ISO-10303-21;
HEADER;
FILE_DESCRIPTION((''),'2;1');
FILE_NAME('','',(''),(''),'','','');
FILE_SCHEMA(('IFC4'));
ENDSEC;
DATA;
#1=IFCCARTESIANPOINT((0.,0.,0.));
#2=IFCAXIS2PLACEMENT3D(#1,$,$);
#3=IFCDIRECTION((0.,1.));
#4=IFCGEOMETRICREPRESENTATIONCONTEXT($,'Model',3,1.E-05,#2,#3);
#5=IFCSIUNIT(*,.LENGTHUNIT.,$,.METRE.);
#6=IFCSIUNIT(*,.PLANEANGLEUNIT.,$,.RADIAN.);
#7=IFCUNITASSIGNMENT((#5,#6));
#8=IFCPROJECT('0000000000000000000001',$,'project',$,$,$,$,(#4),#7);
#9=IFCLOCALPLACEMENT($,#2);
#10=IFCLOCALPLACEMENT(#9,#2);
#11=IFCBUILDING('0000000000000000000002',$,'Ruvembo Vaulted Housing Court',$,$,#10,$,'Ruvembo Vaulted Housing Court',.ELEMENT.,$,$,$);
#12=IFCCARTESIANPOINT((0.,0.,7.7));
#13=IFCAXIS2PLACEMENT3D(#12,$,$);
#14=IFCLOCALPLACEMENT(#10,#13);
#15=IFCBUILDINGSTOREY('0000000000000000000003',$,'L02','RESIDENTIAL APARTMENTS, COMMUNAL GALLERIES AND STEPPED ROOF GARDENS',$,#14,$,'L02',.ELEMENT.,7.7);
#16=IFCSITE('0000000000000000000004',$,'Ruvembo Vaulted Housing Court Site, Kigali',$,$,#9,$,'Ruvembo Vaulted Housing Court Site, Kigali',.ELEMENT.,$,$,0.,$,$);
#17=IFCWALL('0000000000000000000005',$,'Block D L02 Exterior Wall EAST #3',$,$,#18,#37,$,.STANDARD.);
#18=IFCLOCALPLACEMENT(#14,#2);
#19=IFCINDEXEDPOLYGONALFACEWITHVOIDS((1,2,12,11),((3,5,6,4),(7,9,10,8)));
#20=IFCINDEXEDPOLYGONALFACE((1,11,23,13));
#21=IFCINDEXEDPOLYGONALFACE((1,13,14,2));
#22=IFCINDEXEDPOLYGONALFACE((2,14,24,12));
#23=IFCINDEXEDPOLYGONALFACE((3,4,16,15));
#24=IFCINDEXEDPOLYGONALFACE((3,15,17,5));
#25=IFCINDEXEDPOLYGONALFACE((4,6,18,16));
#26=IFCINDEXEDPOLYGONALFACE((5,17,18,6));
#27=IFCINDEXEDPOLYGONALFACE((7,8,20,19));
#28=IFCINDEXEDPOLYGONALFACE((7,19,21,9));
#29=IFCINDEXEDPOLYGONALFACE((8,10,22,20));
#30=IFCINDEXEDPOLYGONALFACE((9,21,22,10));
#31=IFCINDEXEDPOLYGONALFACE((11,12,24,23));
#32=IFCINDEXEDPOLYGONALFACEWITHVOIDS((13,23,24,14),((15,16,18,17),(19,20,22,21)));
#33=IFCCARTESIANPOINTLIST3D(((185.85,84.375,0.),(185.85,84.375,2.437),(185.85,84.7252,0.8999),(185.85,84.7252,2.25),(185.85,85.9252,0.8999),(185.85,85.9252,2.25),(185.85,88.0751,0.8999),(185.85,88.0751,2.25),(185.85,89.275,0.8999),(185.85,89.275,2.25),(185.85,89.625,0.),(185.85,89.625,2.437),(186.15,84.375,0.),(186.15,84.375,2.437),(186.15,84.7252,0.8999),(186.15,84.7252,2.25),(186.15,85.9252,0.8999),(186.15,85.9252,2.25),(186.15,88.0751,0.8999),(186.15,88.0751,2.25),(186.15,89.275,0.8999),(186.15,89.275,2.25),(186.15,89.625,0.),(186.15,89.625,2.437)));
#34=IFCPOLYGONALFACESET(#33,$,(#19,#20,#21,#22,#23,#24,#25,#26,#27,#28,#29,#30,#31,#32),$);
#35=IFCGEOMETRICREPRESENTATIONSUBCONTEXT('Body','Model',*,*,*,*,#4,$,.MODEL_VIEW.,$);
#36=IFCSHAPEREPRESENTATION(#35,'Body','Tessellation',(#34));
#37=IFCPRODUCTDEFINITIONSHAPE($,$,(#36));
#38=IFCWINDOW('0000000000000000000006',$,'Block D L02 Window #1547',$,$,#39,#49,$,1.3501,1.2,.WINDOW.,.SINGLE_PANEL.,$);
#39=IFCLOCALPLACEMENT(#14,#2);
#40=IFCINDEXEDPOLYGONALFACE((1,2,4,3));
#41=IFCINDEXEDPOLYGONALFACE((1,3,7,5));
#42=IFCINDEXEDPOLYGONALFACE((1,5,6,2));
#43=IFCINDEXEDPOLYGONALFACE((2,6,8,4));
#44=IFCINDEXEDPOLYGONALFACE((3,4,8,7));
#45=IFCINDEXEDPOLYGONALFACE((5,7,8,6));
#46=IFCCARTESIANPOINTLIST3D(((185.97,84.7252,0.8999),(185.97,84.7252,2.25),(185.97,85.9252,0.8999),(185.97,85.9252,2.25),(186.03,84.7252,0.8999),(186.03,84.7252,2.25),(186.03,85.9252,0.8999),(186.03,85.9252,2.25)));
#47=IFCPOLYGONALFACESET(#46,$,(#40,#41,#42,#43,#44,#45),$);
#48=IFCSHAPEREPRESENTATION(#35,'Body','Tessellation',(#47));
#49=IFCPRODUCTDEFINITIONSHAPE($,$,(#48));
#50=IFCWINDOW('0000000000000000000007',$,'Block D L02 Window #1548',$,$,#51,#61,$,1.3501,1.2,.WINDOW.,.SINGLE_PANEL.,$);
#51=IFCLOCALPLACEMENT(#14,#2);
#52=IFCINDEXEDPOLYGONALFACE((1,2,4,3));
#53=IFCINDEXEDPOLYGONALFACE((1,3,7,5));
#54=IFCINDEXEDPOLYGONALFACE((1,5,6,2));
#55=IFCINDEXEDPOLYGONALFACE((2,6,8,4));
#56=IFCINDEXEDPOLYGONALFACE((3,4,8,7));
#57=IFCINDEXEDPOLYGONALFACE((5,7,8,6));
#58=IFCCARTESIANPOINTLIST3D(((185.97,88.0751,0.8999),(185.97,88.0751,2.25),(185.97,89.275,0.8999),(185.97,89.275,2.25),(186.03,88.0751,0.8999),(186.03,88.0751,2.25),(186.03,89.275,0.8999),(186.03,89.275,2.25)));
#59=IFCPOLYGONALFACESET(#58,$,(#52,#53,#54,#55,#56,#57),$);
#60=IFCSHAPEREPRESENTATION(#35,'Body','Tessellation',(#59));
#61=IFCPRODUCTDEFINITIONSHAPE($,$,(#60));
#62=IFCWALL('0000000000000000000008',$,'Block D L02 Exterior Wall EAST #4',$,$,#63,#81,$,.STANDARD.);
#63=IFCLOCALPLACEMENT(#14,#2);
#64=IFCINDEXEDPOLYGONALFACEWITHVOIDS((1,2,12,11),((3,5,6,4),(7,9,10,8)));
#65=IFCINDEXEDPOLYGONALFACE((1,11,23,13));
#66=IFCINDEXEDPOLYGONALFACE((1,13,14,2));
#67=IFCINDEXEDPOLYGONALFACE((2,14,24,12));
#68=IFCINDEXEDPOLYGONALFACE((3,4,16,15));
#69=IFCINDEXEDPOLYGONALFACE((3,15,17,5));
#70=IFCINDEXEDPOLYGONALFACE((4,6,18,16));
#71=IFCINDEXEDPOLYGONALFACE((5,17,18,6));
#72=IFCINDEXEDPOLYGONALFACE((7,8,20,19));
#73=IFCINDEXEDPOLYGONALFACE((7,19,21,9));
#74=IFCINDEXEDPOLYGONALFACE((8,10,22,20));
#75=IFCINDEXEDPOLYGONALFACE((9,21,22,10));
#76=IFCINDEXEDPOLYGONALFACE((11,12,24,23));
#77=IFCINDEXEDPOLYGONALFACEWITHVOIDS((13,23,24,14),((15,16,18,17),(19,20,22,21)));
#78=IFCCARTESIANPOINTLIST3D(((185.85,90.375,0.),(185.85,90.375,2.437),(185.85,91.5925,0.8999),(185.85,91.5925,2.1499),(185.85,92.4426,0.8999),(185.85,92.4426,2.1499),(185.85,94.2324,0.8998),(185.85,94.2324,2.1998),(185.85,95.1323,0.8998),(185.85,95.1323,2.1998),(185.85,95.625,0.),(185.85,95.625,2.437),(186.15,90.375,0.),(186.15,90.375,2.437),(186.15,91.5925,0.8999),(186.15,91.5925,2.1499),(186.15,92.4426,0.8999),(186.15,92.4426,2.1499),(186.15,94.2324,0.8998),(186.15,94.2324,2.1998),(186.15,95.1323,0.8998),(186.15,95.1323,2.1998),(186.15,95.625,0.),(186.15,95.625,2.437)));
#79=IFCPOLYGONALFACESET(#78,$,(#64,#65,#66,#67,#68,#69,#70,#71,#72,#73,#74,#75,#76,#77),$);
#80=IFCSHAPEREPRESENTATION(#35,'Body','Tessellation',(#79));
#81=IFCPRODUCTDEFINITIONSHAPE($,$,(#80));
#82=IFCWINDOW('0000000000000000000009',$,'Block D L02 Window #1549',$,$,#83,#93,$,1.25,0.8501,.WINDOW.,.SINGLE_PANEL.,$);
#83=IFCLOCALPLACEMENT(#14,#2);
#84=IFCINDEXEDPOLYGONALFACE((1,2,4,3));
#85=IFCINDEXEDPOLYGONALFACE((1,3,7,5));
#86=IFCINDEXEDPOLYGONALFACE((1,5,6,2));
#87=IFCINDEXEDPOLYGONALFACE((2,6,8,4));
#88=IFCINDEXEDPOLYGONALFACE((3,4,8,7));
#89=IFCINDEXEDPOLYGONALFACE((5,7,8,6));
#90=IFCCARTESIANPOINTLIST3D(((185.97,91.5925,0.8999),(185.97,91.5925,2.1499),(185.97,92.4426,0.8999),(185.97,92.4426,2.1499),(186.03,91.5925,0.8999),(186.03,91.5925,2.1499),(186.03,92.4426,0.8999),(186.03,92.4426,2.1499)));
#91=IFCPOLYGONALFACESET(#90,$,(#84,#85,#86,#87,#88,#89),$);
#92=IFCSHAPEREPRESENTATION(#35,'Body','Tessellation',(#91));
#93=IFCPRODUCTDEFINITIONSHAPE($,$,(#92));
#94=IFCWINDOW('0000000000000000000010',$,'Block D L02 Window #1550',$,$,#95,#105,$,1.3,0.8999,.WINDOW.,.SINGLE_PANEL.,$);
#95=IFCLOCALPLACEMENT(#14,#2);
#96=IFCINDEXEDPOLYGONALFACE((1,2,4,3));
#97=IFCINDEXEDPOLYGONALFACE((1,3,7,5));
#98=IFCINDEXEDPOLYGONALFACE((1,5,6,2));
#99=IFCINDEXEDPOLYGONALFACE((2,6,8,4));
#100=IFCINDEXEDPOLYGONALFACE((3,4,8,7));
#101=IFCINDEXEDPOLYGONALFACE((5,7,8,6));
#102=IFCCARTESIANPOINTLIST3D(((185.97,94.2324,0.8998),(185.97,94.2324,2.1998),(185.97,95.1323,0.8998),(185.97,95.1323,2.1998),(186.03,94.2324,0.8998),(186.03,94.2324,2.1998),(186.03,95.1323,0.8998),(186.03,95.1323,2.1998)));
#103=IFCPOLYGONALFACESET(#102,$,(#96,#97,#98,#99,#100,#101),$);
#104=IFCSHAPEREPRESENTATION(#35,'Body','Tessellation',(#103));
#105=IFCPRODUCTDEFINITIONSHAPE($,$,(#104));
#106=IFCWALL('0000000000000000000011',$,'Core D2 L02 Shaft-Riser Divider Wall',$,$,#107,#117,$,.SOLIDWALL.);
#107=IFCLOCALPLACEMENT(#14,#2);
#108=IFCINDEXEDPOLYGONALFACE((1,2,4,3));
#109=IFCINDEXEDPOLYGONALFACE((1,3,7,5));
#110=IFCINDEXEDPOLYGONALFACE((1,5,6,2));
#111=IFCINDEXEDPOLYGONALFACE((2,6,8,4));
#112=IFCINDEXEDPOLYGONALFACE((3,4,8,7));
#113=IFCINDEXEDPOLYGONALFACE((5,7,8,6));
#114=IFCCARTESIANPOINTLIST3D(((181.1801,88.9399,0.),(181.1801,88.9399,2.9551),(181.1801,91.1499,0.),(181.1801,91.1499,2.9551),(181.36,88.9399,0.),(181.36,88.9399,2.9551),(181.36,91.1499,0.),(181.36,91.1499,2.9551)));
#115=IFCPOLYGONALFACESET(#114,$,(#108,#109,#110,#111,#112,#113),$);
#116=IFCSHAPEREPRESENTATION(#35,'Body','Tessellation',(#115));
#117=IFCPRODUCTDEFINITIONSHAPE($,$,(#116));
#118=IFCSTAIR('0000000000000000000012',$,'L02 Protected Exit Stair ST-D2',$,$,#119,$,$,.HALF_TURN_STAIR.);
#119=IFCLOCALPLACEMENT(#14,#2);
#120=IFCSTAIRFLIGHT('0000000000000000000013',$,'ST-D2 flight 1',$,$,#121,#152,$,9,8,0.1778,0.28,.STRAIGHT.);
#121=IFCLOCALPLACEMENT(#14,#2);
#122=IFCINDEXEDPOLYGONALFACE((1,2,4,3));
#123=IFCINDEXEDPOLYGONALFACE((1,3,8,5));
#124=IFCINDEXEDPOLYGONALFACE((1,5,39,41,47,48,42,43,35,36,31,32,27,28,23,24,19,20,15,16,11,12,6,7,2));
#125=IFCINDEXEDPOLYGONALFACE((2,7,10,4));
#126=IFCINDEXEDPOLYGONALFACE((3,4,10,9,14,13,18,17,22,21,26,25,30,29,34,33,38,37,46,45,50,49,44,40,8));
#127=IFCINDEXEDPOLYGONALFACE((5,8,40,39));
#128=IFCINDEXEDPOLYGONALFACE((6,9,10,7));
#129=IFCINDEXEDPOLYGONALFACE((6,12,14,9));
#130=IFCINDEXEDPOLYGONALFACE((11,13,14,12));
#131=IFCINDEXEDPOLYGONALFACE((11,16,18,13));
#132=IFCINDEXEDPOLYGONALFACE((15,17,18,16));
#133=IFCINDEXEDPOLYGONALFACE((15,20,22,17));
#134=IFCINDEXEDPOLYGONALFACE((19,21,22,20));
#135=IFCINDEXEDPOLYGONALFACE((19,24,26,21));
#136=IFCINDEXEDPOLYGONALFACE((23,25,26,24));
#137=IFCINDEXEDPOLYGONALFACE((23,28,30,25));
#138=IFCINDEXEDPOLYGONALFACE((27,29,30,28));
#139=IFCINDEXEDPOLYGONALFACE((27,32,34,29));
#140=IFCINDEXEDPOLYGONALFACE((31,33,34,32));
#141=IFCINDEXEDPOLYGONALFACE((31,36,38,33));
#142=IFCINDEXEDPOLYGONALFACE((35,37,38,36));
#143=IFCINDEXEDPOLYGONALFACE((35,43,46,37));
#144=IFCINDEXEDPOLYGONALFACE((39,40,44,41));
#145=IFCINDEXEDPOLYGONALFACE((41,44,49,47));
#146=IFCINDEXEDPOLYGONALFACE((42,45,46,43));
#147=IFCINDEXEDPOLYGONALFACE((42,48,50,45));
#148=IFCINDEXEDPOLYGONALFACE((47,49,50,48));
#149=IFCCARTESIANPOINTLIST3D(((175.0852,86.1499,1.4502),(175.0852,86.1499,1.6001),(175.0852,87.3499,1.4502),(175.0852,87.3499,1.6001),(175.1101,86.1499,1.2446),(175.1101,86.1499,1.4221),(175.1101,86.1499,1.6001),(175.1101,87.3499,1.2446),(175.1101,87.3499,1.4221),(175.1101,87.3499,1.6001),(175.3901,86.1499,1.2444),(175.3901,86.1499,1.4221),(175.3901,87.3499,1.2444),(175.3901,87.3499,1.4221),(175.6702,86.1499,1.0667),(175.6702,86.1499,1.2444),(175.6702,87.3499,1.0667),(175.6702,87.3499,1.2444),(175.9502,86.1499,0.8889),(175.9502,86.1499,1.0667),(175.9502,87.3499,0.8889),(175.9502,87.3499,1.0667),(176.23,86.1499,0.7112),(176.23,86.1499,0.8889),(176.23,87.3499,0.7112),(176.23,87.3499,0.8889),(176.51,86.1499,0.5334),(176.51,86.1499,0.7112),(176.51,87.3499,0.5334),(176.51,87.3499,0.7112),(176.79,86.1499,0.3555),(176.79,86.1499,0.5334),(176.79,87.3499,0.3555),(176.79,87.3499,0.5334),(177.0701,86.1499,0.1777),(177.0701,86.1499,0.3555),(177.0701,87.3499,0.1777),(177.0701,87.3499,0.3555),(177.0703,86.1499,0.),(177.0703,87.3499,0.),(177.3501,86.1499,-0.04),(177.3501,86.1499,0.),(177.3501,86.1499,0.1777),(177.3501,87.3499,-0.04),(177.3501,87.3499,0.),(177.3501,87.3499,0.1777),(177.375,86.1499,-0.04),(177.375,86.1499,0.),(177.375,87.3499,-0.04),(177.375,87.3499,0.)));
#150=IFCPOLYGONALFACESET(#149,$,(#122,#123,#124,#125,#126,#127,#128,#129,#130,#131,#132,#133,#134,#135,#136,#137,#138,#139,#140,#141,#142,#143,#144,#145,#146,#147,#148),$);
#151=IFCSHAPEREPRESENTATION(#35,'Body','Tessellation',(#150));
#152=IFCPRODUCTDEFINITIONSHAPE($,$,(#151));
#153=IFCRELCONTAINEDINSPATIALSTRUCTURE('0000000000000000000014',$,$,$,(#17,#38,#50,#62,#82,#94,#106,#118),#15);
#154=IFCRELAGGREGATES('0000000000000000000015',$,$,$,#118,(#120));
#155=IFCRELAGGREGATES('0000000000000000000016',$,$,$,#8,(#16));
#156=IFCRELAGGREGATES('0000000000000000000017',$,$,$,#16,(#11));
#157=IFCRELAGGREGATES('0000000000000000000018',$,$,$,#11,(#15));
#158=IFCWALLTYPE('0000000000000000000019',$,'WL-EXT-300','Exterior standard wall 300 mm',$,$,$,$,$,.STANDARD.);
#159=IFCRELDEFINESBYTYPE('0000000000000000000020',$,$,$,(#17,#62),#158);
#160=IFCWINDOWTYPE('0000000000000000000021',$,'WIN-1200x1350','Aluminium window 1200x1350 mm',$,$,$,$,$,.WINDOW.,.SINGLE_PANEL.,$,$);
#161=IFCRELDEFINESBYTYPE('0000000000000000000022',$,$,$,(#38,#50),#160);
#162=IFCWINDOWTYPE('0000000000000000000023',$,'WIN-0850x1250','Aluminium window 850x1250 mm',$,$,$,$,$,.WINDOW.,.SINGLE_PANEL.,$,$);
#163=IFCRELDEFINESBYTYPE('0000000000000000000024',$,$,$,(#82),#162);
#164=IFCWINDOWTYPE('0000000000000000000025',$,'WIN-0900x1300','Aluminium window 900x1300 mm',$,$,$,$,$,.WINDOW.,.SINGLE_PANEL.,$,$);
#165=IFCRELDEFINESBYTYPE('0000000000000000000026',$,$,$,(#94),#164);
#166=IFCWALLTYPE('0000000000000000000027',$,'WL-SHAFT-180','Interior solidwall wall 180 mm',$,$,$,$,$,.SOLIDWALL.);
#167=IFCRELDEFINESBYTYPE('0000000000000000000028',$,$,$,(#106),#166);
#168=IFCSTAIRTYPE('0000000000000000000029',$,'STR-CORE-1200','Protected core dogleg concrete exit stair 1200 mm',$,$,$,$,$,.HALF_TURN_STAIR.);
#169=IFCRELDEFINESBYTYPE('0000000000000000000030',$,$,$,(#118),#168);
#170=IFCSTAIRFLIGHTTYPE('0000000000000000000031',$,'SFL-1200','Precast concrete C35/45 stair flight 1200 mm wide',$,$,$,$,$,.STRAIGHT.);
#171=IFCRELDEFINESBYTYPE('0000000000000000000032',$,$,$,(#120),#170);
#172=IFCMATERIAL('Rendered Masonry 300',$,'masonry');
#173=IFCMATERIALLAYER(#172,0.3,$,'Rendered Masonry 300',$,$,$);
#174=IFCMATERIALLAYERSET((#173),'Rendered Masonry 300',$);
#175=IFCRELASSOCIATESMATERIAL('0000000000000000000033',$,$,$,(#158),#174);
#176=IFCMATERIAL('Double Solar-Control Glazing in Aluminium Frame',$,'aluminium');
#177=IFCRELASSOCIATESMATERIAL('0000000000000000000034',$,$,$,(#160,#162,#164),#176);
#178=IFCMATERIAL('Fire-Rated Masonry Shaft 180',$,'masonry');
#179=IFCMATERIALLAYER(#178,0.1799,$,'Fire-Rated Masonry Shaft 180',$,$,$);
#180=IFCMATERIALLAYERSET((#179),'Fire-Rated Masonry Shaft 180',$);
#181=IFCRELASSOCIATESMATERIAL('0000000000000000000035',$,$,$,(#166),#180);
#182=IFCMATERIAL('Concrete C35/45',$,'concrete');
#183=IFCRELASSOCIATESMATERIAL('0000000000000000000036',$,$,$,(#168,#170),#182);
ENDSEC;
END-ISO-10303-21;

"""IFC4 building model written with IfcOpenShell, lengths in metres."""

from ifc_helpers import new_model, si_unit, direction, frame, frame_2d, origin, place, context, subcontext, project, spatial, polyline, rectangle, outline, extrude, material, layer, layer_set, type_object, element, fill, aggregate, save


model = new_model("IFC4")

# Units and contexts
model_context = context("Model", 3, precision=1e-05, world=origin(), true_north=direction((0.0, 1.0)))
body_context = subcontext(model_context, "Body", "Model", "MODEL_VIEW")
ifc_project = project(units=[si_unit("LENGTHUNIT", "METRE"), si_unit("PLANEANGLEUNIT", "RADIAN")], contexts=[model_context])

# Site, building, storey
site_placement = place(None, origin())
site = spatial("IfcSite", under=ifc_project, at=site_placement, Name="Ruvembo Vaulted Housing Court Site, Kigali", LongName="Ruvembo Vaulted Housing Court Site, Kigali", CompositionType="ELEMENT", RefElevation=0.0)
building_placement = place(site_placement, origin())
building = spatial("IfcBuilding", under=site, at=building_placement, Name="Ruvembo Vaulted Housing Court", LongName="Ruvembo Vaulted Housing Court", CompositionType="ELEMENT")
storey_placement = place(building_placement, frame((0.0, 0.0, 7.7)))
storey = spatial("IfcBuildingStorey", under=building, at=storey_placement, Name="L02", Description="RESIDENTIAL APARTMENTS, COMMUNAL GALLERIES AND STEPPED ROOF GARDENS", LongName="L02", CompositionType="ELEMENT", Elevation=7.7)

# Shared definitions
ifc_material_1 = material(Name="Concrete C35/45", Category="concrete")

# Walls, openings, windows
ifc_material_2 = material(Name="Rendered Masonry 300", Category="masonry")
ifc_layer_1 = layer(ifc_material_2, 0.3, Name="Rendered Masonry 300")
ifc_layer_set_1 = layer_set([ifc_layer_1], Name="Rendered Masonry 300")
wall_type_1 = type_object("IfcWallType", Name="WL-EXT-300", Description="Exterior standard wall 300 mm", PredefinedType="STANDARD", material=ifc_layer_set_1)
wall_1_placement = place(storey_placement, frame((186.0, 84.375, 0.0), z_axis=(0.0, 0.0, 1.0), x_axis=(0.0, 1.0, 0.0)))
wall_1 = element("IfcWall", 1, at=wall_1_placement, inside=storey, type_object=wall_type_1, Name="Block D L02 Exterior Wall EAST #3", PredefinedType="STANDARD", context=body_context, shape_type="SweptSolid", body=[
    extrude(rectangle(XDim=5.25, YDim=0.3, at=frame_2d((2.625, 0.0))), origin(), (0.0, 0.0, 1.0), 2.437),
])
opening_1_placement = place(wall_1_placement, frame((0.3501, 0.0, 0.8999)))
opening_1 = element("IfcOpeningElement", 2, at=opening_1_placement, cuts=wall_1, PredefinedType="OPENING", context=body_context, shape_type="SweptSolid", body=[
    extrude(rectangle(XDim=1.2, YDim=1.3501, at=frame_2d((0.6001, 0.675))), frame((0.0, 0.1599, 0.0), z_axis=(0.0, -1.0, 0.0), x_axis=(1.0, 0.0, 0.0)), (0.0, 0.0, 1.0), 0.3201),
])
opening_2_placement = place(wall_1_placement, frame((3.7, 0.0, 0.8999)))
opening_2 = element("IfcOpeningElement", 3, at=opening_2_placement, cuts=wall_1, PredefinedType="OPENING", context=body_context, shape_type="SweptSolid", body=[
    extrude(rectangle(XDim=1.2, YDim=1.3501, at=frame_2d((0.6001, 0.675))), frame((0.0, 0.1599, 0.0), z_axis=(0.0, -1.0, 0.0), x_axis=(1.0, 0.0, 0.0)), (0.0, 0.0, 1.0), 0.3201),
])
ifc_material_3 = material(Name="Double Solar-Control Glazing in Aluminium Frame", Category="aluminium")
window_type_1 = type_object("IfcWindowType", Name="WIN-1200x1350", Description="Aluminium window 1200x1350 mm", PartitioningType="SINGLE_PANEL", PredefinedType="WINDOW", material=ifc_material_3)
window_1_placement = place(opening_1_placement, origin())
window_1 = element("IfcWindow", 4, at=window_1_placement, inside=storey, type_object=window_type_1, Name="Block D L02 Window #1547", OverallHeight=1.3501, OverallWidth=1.2, PartitioningType="SINGLE_PANEL", PredefinedType="WINDOW", context=body_context, shape_type="SweptSolid", body=[
    extrude(rectangle(XDim=1.2, YDim=1.3501, at=frame_2d((0.6001, 0.675))), frame((0.0, 0.03, 0.0), z_axis=(0.0, -1.0, 0.0), x_axis=(1.0, 0.0, 0.0)), (0.0, 0.0, 1.0), 0.0601),
])
fill(opening_1, window_1)
window_2_placement = place(opening_2_placement, origin())
window_2 = element("IfcWindow", 5, at=window_2_placement, inside=storey, type_object=window_type_1, Name="Block D L02 Window #1548", OverallHeight=1.3501, OverallWidth=1.2, PartitioningType="SINGLE_PANEL", PredefinedType="WINDOW", context=body_context, shape_type="SweptSolid", body=[
    extrude(rectangle(XDim=1.2, YDim=1.3501, at=frame_2d((0.6001, 0.675))), frame((0.0, 0.03, 0.0), z_axis=(0.0, -1.0, 0.0), x_axis=(1.0, 0.0, 0.0)), (0.0, 0.0, 1.0), 0.0601),
])
fill(opening_2, window_2)
wall_2_placement = place(storey_placement, frame((186.0, 90.375, 0.0), z_axis=(0.0, 0.0, 1.0), x_axis=(0.0, 1.0, 0.0)))
wall_2 = element("IfcWall", 6, at=wall_2_placement, inside=storey, type_object=wall_type_1, Name="Block D L02 Exterior Wall EAST #4", PredefinedType="STANDARD", context=body_context, shape_type="SweptSolid", body=[
    extrude(rectangle(XDim=5.25, YDim=0.3, at=frame_2d((2.625, 0.0))), origin(), (0.0, 0.0, 1.0), 2.437),
])
opening_3_placement = place(wall_2_placement, frame((1.2175, 0.0, 0.8999)))
opening_3 = element("IfcOpeningElement", 7, at=opening_3_placement, cuts=wall_2, PredefinedType="OPENING", context=body_context, shape_type="SweptSolid", body=[
    extrude(rectangle(XDim=0.8501, YDim=1.25, at=frame_2d((0.425, 0.625))), frame((0.0, 0.1599, 0.0), z_axis=(0.0, -1.0, 0.0), x_axis=(1.0, 0.0, 0.0)), (0.0, 0.0, 1.0), 0.3201),
])
opening_4_placement = place(wall_2_placement, frame((3.8574, 0.0, 0.8999)))
opening_4 = element("IfcOpeningElement", 8, at=opening_4_placement, cuts=wall_2, PredefinedType="OPENING", context=body_context, shape_type="SweptSolid", body=[
    extrude(rectangle(XDim=0.8999, YDim=1.3, at=frame_2d((0.45, 0.6499))), frame((0.0, 0.1599, 0.0), z_axis=(0.0, -1.0, 0.0), x_axis=(1.0, 0.0, 0.0)), (0.0, 0.0, 1.0), 0.3201),
])
window_type_2 = type_object("IfcWindowType", Name="WIN-0850x1250", Description="Aluminium window 850x1250 mm", PartitioningType="SINGLE_PANEL", PredefinedType="WINDOW", material=ifc_material_3)
window_3_placement = place(opening_3_placement, origin())
window_3 = element("IfcWindow", 9, at=window_3_placement, inside=storey, type_object=window_type_2, Name="Block D L02 Window #1549", OverallHeight=1.25, OverallWidth=0.8501, PartitioningType="SINGLE_PANEL", PredefinedType="WINDOW", context=body_context, shape_type="SweptSolid", body=[
    extrude(rectangle(XDim=0.8501, YDim=1.25, at=frame_2d((0.425, 0.625))), frame((0.0, 0.03, 0.0), z_axis=(0.0, -1.0, 0.0), x_axis=(1.0, 0.0, 0.0)), (0.0, 0.0, 1.0), 0.0601),
])
fill(opening_3, window_3)
window_type_3 = type_object("IfcWindowType", Name="WIN-0900x1300", Description="Aluminium window 900x1300 mm", PartitioningType="SINGLE_PANEL", PredefinedType="WINDOW", material=ifc_material_3)
window_4_placement = place(opening_4_placement, origin())
window_4 = element("IfcWindow", 10, at=window_4_placement, inside=storey, type_object=window_type_3, Name="Block D L02 Window #1550", OverallHeight=1.3, OverallWidth=0.8999, PartitioningType="SINGLE_PANEL", PredefinedType="WINDOW", context=body_context, shape_type="SweptSolid", body=[
    extrude(rectangle(XDim=0.8999, YDim=1.3, at=frame_2d((0.45, 0.6499))), frame((0.0, 0.03, 0.0), z_axis=(0.0, -1.0, 0.0), x_axis=(1.0, 0.0, 0.0)), (0.0, 0.0, 1.0), 0.0601),
])
fill(opening_4, window_4)

# Shared definitions
ifc_material_4 = material(Name="Fire-Rated Masonry Shaft 180", Category="masonry")
ifc_layer_2 = layer(ifc_material_4, 0.1799, Name="Fire-Rated Masonry Shaft 180")
ifc_layer_set_2 = layer_set([ifc_layer_2], Name="Fire-Rated Masonry Shaft 180")
wall_type_2 = type_object("IfcWallType", Name="WL-SHAFT-180", Description="Interior solidwall wall 180 mm", PredefinedType="SOLIDWALL", material=ifc_layer_set_2)

# Wall
wall_3_placement = place(storey_placement, frame((181.27, 88.9399, 0.0), z_axis=(0.0, 0.0, 1.0), x_axis=(0.0, 1.0, 0.0)))
element("IfcWall", 11, at=wall_3_placement, inside=storey, type_object=wall_type_2, Name="Core D2 L02 Shaft-Riser Divider Wall", PredefinedType="SOLIDWALL", context=body_context, shape_type="SweptSolid", body=[
    extrude(rectangle(XDim=2.21, YDim=0.1799, at=frame_2d((1.105, 0.0))), origin(), (0.0, 0.0, 1.0), 2.9551),
])

# Stair, stair flight
stair_type = type_object("IfcStairType", Name="STR-CORE-1200", Description="Protected core dogleg concrete exit stair 1200 mm", PredefinedType="HALF_TURN_STAIR", material=ifc_material_1)
stair_placement = place(storey_placement, origin())
stair = element("IfcStair", 12, at=stair_placement, inside=storey, type_object=stair_type, Name="L02 Protected Exit Stair ST-D2", PredefinedType="HALF_TURN_STAIR")
stair_flight_type = type_object("IfcStairFlightType", Name="SFL-1200", Description="Precast concrete C35/45 stair flight 1200 mm wide", PredefinedType="STRAIGHT", material=ifc_material_1)
stair_flight_placement = place(storey_placement, frame((177.3501, 86.75, 0.0), z_axis=(0.0, 0.0, 1.0), x_axis=(-1.0, 0.0, 0.0)))
stair_flight = element("IfcStairFlight", 13, at=stair_flight_placement, type_object=stair_flight_type, Name="ST-D2 flight 1", NumberOfRisers=9, NumberOfTreads=8, PredefinedType="STRAIGHT", RiserHeight=0.1778, TreadLength=0.28, context=body_context, shape_type="SweptSolid", body=[
    extrude(outline(polyline([(-0.0249, -0.04), (-0.0249, 0.0), (0.0, 0.0), (0.0, 0.1777), (0.28, 0.1777), (0.28, 0.3555), (0.5601, 0.3555), (0.5601, 0.5334), (0.8401, 0.5334), (0.8401, 0.7112), (1.1201, 0.7112), (1.1201, 0.8889), (1.3999, 0.8889), (1.3999, 1.0667), (1.6799, 1.0667), (1.6799, 1.2444), (1.96, 1.2444), (1.96, 1.4221), (2.24, 1.4221), (2.24, 1.6001), (2.2649, 1.6001), (2.2649, 1.4502), (2.24, 1.2446), (0.2798, 0.0), (0.0, -0.04), (-0.0249, -0.04)])), frame((0.0, 0.6001, 0.0), z_axis=(0.0, -1.0, 0.0), x_axis=(1.0, 0.0, 0.0)), (0.0, 0.0, 1.0), 1.2),
])
aggregate(stair, [stair_flight])

save(model, "model.ifc")
